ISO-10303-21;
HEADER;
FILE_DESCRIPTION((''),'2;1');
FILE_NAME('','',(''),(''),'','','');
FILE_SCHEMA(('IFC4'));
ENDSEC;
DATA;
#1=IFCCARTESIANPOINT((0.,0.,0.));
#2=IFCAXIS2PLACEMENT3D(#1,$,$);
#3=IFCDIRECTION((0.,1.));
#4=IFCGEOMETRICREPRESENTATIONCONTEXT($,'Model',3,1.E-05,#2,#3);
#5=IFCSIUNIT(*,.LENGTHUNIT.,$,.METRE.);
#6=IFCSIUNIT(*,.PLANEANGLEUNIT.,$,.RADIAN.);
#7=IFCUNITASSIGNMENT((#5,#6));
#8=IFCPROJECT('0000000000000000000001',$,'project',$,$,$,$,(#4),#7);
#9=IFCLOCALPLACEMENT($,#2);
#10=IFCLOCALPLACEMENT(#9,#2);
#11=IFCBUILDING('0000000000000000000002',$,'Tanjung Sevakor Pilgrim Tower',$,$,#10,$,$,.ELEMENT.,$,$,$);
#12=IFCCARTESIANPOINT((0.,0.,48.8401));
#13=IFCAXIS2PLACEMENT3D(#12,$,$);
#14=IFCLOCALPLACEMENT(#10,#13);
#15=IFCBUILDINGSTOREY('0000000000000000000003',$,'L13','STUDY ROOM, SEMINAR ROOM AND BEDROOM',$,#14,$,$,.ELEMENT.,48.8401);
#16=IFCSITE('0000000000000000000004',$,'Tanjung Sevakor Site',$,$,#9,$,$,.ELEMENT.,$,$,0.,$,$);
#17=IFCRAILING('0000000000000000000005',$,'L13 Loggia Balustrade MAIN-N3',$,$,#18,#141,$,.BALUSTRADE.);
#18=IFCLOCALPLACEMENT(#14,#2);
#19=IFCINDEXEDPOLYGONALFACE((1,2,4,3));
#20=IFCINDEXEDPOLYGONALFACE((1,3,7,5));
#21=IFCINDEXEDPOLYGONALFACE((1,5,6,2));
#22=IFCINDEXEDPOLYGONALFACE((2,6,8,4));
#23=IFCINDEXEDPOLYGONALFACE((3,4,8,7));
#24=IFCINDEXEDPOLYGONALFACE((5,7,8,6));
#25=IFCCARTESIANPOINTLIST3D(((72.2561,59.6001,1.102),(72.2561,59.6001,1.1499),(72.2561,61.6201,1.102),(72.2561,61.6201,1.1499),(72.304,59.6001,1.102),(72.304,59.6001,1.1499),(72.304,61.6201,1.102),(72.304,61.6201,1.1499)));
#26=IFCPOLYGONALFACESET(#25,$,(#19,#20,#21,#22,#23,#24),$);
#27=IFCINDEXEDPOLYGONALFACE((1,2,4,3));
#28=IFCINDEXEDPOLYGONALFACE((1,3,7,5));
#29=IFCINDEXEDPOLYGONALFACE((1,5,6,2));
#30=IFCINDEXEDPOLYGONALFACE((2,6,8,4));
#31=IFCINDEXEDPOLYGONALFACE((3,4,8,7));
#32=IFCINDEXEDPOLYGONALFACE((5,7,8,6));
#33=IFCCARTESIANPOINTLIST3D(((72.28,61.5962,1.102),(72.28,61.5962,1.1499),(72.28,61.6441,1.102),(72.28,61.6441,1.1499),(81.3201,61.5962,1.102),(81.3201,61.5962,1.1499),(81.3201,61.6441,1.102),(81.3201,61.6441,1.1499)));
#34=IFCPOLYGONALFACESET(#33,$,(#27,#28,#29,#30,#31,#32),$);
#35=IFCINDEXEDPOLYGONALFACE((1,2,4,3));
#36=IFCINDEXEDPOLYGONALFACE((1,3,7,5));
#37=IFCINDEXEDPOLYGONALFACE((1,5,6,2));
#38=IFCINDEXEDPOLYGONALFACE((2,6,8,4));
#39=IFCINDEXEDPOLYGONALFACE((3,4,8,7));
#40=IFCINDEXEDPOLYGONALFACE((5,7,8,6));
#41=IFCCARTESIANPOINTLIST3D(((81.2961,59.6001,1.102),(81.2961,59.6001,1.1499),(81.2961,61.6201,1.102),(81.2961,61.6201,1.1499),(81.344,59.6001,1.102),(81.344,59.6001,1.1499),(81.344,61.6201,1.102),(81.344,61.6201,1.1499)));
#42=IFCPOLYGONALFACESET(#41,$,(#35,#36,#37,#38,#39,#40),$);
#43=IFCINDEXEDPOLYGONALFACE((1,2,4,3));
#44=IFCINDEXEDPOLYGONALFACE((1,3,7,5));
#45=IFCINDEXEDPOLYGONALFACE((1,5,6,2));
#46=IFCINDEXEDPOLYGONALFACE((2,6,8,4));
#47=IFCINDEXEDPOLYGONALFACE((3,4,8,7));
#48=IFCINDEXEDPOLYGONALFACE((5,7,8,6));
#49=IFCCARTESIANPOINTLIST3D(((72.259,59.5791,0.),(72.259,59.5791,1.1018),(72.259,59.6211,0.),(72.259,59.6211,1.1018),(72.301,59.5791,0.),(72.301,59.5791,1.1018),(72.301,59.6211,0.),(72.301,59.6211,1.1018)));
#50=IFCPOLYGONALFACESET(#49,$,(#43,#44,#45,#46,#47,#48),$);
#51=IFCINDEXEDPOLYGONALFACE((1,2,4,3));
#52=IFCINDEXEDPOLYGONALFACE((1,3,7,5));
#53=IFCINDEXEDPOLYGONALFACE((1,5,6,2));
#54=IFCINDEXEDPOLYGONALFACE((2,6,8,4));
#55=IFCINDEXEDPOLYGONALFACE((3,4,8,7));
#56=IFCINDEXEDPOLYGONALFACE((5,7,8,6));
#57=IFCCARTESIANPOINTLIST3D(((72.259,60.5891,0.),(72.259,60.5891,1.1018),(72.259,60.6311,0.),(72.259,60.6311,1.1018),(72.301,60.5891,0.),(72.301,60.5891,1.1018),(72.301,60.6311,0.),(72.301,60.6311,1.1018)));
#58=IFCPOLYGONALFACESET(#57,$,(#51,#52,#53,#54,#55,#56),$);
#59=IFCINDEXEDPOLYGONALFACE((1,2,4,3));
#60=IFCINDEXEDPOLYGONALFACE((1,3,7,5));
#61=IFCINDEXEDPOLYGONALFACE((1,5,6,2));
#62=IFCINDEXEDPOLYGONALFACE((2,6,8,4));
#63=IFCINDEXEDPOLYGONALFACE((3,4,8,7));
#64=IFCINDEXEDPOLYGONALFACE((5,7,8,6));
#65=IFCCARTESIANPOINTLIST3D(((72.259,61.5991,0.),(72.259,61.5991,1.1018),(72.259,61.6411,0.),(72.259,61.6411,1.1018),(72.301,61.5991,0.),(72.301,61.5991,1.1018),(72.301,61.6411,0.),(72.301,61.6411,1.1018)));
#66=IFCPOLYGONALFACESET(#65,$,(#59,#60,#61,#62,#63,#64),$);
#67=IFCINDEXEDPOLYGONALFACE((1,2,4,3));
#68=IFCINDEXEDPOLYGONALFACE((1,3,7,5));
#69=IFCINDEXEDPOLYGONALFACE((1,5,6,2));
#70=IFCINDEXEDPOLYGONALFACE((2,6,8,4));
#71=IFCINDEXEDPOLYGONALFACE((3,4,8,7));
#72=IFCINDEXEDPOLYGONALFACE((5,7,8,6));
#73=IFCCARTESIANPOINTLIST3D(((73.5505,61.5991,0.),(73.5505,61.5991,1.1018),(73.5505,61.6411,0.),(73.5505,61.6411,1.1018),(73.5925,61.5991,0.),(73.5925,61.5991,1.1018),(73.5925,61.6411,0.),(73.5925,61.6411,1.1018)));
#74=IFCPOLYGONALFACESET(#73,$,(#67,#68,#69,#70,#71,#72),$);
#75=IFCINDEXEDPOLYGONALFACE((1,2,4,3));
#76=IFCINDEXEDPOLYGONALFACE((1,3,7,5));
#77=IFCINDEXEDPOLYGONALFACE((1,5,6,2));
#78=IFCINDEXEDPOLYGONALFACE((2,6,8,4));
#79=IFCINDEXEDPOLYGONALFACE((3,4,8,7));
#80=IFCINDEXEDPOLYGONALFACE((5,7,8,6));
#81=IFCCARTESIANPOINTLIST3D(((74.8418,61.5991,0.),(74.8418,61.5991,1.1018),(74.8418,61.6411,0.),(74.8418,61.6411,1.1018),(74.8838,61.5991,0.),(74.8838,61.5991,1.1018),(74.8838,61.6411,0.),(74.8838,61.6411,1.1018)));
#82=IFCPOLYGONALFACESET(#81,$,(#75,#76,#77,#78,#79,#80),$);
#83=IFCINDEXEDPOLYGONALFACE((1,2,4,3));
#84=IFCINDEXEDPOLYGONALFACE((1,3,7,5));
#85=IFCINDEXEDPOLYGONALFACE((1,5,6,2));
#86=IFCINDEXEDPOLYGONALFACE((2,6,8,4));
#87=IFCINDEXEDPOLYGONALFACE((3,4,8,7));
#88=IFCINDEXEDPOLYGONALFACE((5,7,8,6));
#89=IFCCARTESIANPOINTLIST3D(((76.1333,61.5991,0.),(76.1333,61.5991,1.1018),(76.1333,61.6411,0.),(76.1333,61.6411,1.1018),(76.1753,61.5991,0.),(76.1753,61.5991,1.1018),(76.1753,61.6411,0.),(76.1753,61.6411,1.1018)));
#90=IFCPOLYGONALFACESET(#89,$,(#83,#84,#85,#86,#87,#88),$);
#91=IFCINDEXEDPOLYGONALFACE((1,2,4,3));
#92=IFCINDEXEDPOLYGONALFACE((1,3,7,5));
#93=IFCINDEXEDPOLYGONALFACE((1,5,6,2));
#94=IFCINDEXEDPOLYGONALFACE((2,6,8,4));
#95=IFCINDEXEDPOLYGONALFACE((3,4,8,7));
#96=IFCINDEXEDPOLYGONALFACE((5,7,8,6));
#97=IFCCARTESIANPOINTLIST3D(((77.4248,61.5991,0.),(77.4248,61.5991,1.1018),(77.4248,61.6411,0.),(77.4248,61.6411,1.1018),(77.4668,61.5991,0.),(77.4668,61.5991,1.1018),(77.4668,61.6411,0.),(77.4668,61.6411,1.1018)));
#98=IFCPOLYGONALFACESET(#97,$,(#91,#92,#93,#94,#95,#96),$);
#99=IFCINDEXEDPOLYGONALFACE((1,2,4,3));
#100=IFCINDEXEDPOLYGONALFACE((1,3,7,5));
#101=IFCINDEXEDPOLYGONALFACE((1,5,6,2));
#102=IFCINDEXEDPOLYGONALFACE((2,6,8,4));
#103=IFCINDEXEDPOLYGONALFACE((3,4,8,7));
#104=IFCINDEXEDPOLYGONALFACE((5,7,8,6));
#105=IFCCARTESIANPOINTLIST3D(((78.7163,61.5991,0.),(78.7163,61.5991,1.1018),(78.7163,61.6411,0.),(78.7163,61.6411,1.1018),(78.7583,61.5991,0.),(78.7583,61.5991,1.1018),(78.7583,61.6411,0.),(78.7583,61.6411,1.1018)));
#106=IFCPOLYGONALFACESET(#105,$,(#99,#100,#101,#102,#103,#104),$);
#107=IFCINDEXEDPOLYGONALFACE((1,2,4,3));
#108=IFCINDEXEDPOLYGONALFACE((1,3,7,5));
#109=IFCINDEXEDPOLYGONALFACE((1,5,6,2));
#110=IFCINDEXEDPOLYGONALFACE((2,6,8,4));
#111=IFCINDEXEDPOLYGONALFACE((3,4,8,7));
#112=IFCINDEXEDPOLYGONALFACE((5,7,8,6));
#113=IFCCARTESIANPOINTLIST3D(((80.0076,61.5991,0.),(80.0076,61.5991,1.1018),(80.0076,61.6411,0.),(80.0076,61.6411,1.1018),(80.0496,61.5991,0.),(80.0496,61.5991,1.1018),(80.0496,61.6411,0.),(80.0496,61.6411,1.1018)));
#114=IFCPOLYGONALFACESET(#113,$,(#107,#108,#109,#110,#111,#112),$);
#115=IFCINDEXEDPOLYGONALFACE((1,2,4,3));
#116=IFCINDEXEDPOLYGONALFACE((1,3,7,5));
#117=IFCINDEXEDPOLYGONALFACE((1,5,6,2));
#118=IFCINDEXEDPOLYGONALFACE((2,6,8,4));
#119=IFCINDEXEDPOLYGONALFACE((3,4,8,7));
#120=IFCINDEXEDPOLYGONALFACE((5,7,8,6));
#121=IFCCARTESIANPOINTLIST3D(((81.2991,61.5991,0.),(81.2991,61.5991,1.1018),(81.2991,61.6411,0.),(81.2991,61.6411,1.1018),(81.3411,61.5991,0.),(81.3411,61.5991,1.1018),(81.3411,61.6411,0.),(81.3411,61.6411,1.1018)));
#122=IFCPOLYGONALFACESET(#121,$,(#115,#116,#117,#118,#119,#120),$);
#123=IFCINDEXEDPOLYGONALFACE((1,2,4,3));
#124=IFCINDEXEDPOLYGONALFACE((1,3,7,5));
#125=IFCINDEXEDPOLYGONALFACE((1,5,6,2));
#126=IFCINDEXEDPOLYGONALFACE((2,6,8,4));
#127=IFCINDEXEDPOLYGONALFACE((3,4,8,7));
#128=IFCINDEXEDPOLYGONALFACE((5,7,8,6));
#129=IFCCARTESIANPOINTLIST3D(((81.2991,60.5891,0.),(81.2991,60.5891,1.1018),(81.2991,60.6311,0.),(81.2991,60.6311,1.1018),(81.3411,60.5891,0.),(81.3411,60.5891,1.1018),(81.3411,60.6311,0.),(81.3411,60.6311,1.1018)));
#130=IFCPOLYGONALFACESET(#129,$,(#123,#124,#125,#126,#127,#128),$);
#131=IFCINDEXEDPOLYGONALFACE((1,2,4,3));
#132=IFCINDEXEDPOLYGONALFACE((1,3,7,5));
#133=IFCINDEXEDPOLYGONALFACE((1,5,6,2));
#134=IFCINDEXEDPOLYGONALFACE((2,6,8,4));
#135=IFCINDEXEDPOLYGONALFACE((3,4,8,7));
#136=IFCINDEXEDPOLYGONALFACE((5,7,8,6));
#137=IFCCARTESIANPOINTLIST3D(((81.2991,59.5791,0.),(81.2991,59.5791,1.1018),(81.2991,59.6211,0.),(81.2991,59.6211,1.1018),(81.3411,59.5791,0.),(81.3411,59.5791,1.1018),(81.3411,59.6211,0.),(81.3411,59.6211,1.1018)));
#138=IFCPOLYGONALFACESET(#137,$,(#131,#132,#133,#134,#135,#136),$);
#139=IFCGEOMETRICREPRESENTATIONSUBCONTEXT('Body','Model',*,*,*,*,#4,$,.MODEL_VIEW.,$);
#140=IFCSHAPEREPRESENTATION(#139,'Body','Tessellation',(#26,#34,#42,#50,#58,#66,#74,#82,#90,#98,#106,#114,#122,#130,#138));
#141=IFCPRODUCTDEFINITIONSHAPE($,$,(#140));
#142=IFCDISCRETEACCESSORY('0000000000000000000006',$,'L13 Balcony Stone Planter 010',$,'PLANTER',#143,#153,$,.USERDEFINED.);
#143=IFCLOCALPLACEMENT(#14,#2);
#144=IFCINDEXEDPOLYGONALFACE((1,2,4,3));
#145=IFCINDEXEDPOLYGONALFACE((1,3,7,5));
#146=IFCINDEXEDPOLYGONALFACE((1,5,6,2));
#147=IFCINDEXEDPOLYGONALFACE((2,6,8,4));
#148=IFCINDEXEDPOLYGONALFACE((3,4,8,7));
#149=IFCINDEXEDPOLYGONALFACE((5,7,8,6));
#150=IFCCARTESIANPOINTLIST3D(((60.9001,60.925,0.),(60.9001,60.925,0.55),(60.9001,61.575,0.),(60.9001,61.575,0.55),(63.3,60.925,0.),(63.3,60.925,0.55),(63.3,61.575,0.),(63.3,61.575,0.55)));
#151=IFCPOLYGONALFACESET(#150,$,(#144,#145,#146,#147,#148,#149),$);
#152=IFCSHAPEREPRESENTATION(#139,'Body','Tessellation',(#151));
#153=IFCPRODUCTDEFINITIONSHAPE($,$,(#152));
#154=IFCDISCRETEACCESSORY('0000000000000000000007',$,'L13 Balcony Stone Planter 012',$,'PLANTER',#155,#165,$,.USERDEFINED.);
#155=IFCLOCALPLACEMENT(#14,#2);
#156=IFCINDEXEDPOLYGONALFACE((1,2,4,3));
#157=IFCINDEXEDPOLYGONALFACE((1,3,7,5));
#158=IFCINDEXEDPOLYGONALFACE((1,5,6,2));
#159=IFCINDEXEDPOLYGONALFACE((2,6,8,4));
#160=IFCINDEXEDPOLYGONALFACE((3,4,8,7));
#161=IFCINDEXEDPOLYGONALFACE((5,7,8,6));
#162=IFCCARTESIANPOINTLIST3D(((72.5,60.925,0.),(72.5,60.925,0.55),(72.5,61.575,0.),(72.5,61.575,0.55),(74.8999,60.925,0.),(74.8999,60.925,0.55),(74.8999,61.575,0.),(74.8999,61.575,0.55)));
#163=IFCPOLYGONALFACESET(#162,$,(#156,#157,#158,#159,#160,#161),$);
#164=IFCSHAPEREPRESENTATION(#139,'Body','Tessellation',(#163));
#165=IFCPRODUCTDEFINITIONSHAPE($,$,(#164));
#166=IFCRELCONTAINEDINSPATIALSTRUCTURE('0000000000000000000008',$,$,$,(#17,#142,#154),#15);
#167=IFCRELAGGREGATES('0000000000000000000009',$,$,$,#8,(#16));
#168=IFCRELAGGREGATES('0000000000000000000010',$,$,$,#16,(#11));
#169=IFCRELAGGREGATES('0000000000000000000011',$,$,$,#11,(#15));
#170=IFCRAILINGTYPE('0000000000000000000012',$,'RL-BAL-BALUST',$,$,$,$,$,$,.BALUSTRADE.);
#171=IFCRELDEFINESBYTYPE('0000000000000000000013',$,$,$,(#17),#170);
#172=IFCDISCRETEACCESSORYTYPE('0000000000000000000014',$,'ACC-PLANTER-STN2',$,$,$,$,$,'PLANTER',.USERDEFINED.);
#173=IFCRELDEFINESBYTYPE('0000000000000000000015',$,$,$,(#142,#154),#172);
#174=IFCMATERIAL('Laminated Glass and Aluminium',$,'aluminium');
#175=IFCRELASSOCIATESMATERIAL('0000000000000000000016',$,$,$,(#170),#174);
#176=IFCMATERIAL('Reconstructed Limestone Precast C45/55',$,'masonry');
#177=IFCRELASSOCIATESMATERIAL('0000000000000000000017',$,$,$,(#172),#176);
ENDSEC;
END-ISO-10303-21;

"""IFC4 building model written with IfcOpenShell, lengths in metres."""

from ifc_helpers import new_model, si_unit, direction, frame, origin, origin_2d, place, context, subcontext, project, spatial, rectangle, extrude, material, type_object, element, save


model = new_model("IFC4")

# Units and contexts
model_context = context("Model", 3, precision=1e-05, world=origin(), true_north=direction((0.0, 1.0)))
body_context = subcontext(model_context, "Body", "Model", "MODEL_VIEW")
ifc_project = project(units=[si_unit("LENGTHUNIT", "METRE"), si_unit("PLANEANGLEUNIT", "RADIAN")], contexts=[model_context])

# Site, building, storey
site_placement = place(None, origin())
site = spatial("IfcSite", under=ifc_project, at=site_placement, Name="Tanjung Sevakor Site", CompositionType="ELEMENT", RefElevation=0.0)
building_placement = place(site_placement, origin())
building = spatial("IfcBuilding", under=site, at=building_placement, Name="Tanjung Sevakor Pilgrim Tower", CompositionType="ELEMENT")
storey_placement = place(building_placement, frame((0.0, 0.0, 48.8401)))
storey = spatial("IfcBuildingStorey", under=building, at=storey_placement, Name="L13", Description="STUDY ROOM, SEMINAR ROOM AND BEDROOM", CompositionType="ELEMENT", Elevation=48.8401)

# Railing
ifc_material_1 = material(Name="Laminated Glass and Aluminium", Category="aluminium")
railing_type = type_object("IfcRailingType", Name="RL-BAL-BALUST", PredefinedType="BALUSTRADE", material=ifc_material_1)
railing_1_placement = place(storey_placement, frame((72.28, 59.6001, 0.0)))
element("IfcRailing", 1, at=railing_1_placement, inside=storey, type_object=railing_type, Name="L13 Loggia Balustrade MAIN-N3", PredefinedType="BALUSTRADE", context=body_context, shape_type="SweptSolid", body=[
    extrude(rectangle(XDim=0.0479, YDim=0.0479), frame((0.0, 0.0, 1.126), z_axis=(0.0, 1.0, 0.0), x_axis=(-1.0, 0.0, 0.0)), (0.0, 0.0, 1.0), 2.02),
    extrude(rectangle(XDim=0.0479, YDim=0.0479), frame((0.0, 2.02, 1.126), z_axis=(1.0, 0.0, 0.0), x_axis=(0.0, 1.0, 0.0)), (0.0, 0.0, 1.0), 9.04),
    extrude(rectangle(XDim=0.0479, YDim=0.0479), frame((9.04, 2.02, 1.126), z_axis=(0.0, -1.0, 0.0), x_axis=(1.0, 0.0, 0.0)), (0.0, 0.0, 1.0), 2.02),
    extrude(rectangle(XDim=0.042, YDim=0.042), origin(), (0.0, 0.0, 1.0), 1.1018),
    extrude(rectangle(XDim=0.042, YDim=0.042), frame((0.0, 1.01, 0.0)), (0.0, 0.0, 1.0), 1.1018),
    extrude(rectangle(XDim=0.042, YDim=0.042), frame((0.0, 2.02, 0.0)), (0.0, 0.0, 1.0), 1.1018),
    extrude(rectangle(XDim=0.042, YDim=0.042), frame((1.2915, 2.02, 0.0)), (0.0, 0.0, 1.0), 1.1018),
    extrude(rectangle(XDim=0.042, YDim=0.042), frame((2.5828, 2.02, 0.0)), (0.0, 0.0, 1.0), 1.1018),
    extrude(rectangle(XDim=0.042, YDim=0.042), frame((3.8743, 2.02, 0.0)), (0.0, 0.0, 1.0), 1.1018),
    extrude(rectangle(XDim=0.042, YDim=0.042), frame((5.1658, 2.02, 0.0)), (0.0, 0.0, 1.0), 1.1018),
    extrude(rectangle(XDim=0.042, YDim=0.042), frame((6.4573, 2.02, 0.0)), (0.0, 0.0, 1.0), 1.1018),
    extrude(rectangle(XDim=0.042, YDim=0.042), frame((7.7485, 2.02, 0.0)), (0.0, 0.0, 1.0), 1.1018),
    extrude(rectangle(XDim=0.042, YDim=0.042), frame((9.04, 2.02, 0.0)), (0.0, 0.0, 1.0), 1.1018),
    extrude(rectangle(XDim=0.042, YDim=0.042), frame((9.04, 1.01, 0.0)), (0.0, 0.0, 1.0), 1.1018),
    extrude(rectangle(XDim=0.042, YDim=0.042), frame((9.04, 0.0, 0.0)), (0.0, 0.0, 1.0), 1.1018),
])

# Discrete accessories
ifc_material_2 = material(Name="Reconstructed Limestone Precast C45/55", Category="masonry")
discrete_accessory_type = type_object("IfcDiscreteAccessoryType", Name="ACC-PLANTER-STN2", ElementType="PLANTER", PredefinedType="USERDEFINED", material=ifc_material_2)
for number, where, z_axis, x_axis, name in (
    (2, (62.1001, 61.25, 0.0), (0.0, 0.0, 1.0), (1.0, 0.0, 0.0), "L13 Balcony Stone Planter 010"),
    (3, (73.7, 61.25, 0.0), (0.0, 0.0, 1.0), (1.0, 0.0, 0.0), "L13 Balcony Stone Planter 012"),
):
    element("IfcDiscreteAccessory", number, at=place(storey_placement, frame(where, z_axis=z_axis, x_axis=x_axis)), inside=storey, type_object=discrete_accessory_type, Name=name, ObjectType="PLANTER", PredefinedType="USERDEFINED", context=body_context, shape_type="SweptSolid", body=[
        extrude(rectangle(XDim=2.3999, YDim=0.6499, at=origin_2d()), origin(), (0.0, 0.0, 1.0), 0.55),
    ])

save(model, "model.ifc")
